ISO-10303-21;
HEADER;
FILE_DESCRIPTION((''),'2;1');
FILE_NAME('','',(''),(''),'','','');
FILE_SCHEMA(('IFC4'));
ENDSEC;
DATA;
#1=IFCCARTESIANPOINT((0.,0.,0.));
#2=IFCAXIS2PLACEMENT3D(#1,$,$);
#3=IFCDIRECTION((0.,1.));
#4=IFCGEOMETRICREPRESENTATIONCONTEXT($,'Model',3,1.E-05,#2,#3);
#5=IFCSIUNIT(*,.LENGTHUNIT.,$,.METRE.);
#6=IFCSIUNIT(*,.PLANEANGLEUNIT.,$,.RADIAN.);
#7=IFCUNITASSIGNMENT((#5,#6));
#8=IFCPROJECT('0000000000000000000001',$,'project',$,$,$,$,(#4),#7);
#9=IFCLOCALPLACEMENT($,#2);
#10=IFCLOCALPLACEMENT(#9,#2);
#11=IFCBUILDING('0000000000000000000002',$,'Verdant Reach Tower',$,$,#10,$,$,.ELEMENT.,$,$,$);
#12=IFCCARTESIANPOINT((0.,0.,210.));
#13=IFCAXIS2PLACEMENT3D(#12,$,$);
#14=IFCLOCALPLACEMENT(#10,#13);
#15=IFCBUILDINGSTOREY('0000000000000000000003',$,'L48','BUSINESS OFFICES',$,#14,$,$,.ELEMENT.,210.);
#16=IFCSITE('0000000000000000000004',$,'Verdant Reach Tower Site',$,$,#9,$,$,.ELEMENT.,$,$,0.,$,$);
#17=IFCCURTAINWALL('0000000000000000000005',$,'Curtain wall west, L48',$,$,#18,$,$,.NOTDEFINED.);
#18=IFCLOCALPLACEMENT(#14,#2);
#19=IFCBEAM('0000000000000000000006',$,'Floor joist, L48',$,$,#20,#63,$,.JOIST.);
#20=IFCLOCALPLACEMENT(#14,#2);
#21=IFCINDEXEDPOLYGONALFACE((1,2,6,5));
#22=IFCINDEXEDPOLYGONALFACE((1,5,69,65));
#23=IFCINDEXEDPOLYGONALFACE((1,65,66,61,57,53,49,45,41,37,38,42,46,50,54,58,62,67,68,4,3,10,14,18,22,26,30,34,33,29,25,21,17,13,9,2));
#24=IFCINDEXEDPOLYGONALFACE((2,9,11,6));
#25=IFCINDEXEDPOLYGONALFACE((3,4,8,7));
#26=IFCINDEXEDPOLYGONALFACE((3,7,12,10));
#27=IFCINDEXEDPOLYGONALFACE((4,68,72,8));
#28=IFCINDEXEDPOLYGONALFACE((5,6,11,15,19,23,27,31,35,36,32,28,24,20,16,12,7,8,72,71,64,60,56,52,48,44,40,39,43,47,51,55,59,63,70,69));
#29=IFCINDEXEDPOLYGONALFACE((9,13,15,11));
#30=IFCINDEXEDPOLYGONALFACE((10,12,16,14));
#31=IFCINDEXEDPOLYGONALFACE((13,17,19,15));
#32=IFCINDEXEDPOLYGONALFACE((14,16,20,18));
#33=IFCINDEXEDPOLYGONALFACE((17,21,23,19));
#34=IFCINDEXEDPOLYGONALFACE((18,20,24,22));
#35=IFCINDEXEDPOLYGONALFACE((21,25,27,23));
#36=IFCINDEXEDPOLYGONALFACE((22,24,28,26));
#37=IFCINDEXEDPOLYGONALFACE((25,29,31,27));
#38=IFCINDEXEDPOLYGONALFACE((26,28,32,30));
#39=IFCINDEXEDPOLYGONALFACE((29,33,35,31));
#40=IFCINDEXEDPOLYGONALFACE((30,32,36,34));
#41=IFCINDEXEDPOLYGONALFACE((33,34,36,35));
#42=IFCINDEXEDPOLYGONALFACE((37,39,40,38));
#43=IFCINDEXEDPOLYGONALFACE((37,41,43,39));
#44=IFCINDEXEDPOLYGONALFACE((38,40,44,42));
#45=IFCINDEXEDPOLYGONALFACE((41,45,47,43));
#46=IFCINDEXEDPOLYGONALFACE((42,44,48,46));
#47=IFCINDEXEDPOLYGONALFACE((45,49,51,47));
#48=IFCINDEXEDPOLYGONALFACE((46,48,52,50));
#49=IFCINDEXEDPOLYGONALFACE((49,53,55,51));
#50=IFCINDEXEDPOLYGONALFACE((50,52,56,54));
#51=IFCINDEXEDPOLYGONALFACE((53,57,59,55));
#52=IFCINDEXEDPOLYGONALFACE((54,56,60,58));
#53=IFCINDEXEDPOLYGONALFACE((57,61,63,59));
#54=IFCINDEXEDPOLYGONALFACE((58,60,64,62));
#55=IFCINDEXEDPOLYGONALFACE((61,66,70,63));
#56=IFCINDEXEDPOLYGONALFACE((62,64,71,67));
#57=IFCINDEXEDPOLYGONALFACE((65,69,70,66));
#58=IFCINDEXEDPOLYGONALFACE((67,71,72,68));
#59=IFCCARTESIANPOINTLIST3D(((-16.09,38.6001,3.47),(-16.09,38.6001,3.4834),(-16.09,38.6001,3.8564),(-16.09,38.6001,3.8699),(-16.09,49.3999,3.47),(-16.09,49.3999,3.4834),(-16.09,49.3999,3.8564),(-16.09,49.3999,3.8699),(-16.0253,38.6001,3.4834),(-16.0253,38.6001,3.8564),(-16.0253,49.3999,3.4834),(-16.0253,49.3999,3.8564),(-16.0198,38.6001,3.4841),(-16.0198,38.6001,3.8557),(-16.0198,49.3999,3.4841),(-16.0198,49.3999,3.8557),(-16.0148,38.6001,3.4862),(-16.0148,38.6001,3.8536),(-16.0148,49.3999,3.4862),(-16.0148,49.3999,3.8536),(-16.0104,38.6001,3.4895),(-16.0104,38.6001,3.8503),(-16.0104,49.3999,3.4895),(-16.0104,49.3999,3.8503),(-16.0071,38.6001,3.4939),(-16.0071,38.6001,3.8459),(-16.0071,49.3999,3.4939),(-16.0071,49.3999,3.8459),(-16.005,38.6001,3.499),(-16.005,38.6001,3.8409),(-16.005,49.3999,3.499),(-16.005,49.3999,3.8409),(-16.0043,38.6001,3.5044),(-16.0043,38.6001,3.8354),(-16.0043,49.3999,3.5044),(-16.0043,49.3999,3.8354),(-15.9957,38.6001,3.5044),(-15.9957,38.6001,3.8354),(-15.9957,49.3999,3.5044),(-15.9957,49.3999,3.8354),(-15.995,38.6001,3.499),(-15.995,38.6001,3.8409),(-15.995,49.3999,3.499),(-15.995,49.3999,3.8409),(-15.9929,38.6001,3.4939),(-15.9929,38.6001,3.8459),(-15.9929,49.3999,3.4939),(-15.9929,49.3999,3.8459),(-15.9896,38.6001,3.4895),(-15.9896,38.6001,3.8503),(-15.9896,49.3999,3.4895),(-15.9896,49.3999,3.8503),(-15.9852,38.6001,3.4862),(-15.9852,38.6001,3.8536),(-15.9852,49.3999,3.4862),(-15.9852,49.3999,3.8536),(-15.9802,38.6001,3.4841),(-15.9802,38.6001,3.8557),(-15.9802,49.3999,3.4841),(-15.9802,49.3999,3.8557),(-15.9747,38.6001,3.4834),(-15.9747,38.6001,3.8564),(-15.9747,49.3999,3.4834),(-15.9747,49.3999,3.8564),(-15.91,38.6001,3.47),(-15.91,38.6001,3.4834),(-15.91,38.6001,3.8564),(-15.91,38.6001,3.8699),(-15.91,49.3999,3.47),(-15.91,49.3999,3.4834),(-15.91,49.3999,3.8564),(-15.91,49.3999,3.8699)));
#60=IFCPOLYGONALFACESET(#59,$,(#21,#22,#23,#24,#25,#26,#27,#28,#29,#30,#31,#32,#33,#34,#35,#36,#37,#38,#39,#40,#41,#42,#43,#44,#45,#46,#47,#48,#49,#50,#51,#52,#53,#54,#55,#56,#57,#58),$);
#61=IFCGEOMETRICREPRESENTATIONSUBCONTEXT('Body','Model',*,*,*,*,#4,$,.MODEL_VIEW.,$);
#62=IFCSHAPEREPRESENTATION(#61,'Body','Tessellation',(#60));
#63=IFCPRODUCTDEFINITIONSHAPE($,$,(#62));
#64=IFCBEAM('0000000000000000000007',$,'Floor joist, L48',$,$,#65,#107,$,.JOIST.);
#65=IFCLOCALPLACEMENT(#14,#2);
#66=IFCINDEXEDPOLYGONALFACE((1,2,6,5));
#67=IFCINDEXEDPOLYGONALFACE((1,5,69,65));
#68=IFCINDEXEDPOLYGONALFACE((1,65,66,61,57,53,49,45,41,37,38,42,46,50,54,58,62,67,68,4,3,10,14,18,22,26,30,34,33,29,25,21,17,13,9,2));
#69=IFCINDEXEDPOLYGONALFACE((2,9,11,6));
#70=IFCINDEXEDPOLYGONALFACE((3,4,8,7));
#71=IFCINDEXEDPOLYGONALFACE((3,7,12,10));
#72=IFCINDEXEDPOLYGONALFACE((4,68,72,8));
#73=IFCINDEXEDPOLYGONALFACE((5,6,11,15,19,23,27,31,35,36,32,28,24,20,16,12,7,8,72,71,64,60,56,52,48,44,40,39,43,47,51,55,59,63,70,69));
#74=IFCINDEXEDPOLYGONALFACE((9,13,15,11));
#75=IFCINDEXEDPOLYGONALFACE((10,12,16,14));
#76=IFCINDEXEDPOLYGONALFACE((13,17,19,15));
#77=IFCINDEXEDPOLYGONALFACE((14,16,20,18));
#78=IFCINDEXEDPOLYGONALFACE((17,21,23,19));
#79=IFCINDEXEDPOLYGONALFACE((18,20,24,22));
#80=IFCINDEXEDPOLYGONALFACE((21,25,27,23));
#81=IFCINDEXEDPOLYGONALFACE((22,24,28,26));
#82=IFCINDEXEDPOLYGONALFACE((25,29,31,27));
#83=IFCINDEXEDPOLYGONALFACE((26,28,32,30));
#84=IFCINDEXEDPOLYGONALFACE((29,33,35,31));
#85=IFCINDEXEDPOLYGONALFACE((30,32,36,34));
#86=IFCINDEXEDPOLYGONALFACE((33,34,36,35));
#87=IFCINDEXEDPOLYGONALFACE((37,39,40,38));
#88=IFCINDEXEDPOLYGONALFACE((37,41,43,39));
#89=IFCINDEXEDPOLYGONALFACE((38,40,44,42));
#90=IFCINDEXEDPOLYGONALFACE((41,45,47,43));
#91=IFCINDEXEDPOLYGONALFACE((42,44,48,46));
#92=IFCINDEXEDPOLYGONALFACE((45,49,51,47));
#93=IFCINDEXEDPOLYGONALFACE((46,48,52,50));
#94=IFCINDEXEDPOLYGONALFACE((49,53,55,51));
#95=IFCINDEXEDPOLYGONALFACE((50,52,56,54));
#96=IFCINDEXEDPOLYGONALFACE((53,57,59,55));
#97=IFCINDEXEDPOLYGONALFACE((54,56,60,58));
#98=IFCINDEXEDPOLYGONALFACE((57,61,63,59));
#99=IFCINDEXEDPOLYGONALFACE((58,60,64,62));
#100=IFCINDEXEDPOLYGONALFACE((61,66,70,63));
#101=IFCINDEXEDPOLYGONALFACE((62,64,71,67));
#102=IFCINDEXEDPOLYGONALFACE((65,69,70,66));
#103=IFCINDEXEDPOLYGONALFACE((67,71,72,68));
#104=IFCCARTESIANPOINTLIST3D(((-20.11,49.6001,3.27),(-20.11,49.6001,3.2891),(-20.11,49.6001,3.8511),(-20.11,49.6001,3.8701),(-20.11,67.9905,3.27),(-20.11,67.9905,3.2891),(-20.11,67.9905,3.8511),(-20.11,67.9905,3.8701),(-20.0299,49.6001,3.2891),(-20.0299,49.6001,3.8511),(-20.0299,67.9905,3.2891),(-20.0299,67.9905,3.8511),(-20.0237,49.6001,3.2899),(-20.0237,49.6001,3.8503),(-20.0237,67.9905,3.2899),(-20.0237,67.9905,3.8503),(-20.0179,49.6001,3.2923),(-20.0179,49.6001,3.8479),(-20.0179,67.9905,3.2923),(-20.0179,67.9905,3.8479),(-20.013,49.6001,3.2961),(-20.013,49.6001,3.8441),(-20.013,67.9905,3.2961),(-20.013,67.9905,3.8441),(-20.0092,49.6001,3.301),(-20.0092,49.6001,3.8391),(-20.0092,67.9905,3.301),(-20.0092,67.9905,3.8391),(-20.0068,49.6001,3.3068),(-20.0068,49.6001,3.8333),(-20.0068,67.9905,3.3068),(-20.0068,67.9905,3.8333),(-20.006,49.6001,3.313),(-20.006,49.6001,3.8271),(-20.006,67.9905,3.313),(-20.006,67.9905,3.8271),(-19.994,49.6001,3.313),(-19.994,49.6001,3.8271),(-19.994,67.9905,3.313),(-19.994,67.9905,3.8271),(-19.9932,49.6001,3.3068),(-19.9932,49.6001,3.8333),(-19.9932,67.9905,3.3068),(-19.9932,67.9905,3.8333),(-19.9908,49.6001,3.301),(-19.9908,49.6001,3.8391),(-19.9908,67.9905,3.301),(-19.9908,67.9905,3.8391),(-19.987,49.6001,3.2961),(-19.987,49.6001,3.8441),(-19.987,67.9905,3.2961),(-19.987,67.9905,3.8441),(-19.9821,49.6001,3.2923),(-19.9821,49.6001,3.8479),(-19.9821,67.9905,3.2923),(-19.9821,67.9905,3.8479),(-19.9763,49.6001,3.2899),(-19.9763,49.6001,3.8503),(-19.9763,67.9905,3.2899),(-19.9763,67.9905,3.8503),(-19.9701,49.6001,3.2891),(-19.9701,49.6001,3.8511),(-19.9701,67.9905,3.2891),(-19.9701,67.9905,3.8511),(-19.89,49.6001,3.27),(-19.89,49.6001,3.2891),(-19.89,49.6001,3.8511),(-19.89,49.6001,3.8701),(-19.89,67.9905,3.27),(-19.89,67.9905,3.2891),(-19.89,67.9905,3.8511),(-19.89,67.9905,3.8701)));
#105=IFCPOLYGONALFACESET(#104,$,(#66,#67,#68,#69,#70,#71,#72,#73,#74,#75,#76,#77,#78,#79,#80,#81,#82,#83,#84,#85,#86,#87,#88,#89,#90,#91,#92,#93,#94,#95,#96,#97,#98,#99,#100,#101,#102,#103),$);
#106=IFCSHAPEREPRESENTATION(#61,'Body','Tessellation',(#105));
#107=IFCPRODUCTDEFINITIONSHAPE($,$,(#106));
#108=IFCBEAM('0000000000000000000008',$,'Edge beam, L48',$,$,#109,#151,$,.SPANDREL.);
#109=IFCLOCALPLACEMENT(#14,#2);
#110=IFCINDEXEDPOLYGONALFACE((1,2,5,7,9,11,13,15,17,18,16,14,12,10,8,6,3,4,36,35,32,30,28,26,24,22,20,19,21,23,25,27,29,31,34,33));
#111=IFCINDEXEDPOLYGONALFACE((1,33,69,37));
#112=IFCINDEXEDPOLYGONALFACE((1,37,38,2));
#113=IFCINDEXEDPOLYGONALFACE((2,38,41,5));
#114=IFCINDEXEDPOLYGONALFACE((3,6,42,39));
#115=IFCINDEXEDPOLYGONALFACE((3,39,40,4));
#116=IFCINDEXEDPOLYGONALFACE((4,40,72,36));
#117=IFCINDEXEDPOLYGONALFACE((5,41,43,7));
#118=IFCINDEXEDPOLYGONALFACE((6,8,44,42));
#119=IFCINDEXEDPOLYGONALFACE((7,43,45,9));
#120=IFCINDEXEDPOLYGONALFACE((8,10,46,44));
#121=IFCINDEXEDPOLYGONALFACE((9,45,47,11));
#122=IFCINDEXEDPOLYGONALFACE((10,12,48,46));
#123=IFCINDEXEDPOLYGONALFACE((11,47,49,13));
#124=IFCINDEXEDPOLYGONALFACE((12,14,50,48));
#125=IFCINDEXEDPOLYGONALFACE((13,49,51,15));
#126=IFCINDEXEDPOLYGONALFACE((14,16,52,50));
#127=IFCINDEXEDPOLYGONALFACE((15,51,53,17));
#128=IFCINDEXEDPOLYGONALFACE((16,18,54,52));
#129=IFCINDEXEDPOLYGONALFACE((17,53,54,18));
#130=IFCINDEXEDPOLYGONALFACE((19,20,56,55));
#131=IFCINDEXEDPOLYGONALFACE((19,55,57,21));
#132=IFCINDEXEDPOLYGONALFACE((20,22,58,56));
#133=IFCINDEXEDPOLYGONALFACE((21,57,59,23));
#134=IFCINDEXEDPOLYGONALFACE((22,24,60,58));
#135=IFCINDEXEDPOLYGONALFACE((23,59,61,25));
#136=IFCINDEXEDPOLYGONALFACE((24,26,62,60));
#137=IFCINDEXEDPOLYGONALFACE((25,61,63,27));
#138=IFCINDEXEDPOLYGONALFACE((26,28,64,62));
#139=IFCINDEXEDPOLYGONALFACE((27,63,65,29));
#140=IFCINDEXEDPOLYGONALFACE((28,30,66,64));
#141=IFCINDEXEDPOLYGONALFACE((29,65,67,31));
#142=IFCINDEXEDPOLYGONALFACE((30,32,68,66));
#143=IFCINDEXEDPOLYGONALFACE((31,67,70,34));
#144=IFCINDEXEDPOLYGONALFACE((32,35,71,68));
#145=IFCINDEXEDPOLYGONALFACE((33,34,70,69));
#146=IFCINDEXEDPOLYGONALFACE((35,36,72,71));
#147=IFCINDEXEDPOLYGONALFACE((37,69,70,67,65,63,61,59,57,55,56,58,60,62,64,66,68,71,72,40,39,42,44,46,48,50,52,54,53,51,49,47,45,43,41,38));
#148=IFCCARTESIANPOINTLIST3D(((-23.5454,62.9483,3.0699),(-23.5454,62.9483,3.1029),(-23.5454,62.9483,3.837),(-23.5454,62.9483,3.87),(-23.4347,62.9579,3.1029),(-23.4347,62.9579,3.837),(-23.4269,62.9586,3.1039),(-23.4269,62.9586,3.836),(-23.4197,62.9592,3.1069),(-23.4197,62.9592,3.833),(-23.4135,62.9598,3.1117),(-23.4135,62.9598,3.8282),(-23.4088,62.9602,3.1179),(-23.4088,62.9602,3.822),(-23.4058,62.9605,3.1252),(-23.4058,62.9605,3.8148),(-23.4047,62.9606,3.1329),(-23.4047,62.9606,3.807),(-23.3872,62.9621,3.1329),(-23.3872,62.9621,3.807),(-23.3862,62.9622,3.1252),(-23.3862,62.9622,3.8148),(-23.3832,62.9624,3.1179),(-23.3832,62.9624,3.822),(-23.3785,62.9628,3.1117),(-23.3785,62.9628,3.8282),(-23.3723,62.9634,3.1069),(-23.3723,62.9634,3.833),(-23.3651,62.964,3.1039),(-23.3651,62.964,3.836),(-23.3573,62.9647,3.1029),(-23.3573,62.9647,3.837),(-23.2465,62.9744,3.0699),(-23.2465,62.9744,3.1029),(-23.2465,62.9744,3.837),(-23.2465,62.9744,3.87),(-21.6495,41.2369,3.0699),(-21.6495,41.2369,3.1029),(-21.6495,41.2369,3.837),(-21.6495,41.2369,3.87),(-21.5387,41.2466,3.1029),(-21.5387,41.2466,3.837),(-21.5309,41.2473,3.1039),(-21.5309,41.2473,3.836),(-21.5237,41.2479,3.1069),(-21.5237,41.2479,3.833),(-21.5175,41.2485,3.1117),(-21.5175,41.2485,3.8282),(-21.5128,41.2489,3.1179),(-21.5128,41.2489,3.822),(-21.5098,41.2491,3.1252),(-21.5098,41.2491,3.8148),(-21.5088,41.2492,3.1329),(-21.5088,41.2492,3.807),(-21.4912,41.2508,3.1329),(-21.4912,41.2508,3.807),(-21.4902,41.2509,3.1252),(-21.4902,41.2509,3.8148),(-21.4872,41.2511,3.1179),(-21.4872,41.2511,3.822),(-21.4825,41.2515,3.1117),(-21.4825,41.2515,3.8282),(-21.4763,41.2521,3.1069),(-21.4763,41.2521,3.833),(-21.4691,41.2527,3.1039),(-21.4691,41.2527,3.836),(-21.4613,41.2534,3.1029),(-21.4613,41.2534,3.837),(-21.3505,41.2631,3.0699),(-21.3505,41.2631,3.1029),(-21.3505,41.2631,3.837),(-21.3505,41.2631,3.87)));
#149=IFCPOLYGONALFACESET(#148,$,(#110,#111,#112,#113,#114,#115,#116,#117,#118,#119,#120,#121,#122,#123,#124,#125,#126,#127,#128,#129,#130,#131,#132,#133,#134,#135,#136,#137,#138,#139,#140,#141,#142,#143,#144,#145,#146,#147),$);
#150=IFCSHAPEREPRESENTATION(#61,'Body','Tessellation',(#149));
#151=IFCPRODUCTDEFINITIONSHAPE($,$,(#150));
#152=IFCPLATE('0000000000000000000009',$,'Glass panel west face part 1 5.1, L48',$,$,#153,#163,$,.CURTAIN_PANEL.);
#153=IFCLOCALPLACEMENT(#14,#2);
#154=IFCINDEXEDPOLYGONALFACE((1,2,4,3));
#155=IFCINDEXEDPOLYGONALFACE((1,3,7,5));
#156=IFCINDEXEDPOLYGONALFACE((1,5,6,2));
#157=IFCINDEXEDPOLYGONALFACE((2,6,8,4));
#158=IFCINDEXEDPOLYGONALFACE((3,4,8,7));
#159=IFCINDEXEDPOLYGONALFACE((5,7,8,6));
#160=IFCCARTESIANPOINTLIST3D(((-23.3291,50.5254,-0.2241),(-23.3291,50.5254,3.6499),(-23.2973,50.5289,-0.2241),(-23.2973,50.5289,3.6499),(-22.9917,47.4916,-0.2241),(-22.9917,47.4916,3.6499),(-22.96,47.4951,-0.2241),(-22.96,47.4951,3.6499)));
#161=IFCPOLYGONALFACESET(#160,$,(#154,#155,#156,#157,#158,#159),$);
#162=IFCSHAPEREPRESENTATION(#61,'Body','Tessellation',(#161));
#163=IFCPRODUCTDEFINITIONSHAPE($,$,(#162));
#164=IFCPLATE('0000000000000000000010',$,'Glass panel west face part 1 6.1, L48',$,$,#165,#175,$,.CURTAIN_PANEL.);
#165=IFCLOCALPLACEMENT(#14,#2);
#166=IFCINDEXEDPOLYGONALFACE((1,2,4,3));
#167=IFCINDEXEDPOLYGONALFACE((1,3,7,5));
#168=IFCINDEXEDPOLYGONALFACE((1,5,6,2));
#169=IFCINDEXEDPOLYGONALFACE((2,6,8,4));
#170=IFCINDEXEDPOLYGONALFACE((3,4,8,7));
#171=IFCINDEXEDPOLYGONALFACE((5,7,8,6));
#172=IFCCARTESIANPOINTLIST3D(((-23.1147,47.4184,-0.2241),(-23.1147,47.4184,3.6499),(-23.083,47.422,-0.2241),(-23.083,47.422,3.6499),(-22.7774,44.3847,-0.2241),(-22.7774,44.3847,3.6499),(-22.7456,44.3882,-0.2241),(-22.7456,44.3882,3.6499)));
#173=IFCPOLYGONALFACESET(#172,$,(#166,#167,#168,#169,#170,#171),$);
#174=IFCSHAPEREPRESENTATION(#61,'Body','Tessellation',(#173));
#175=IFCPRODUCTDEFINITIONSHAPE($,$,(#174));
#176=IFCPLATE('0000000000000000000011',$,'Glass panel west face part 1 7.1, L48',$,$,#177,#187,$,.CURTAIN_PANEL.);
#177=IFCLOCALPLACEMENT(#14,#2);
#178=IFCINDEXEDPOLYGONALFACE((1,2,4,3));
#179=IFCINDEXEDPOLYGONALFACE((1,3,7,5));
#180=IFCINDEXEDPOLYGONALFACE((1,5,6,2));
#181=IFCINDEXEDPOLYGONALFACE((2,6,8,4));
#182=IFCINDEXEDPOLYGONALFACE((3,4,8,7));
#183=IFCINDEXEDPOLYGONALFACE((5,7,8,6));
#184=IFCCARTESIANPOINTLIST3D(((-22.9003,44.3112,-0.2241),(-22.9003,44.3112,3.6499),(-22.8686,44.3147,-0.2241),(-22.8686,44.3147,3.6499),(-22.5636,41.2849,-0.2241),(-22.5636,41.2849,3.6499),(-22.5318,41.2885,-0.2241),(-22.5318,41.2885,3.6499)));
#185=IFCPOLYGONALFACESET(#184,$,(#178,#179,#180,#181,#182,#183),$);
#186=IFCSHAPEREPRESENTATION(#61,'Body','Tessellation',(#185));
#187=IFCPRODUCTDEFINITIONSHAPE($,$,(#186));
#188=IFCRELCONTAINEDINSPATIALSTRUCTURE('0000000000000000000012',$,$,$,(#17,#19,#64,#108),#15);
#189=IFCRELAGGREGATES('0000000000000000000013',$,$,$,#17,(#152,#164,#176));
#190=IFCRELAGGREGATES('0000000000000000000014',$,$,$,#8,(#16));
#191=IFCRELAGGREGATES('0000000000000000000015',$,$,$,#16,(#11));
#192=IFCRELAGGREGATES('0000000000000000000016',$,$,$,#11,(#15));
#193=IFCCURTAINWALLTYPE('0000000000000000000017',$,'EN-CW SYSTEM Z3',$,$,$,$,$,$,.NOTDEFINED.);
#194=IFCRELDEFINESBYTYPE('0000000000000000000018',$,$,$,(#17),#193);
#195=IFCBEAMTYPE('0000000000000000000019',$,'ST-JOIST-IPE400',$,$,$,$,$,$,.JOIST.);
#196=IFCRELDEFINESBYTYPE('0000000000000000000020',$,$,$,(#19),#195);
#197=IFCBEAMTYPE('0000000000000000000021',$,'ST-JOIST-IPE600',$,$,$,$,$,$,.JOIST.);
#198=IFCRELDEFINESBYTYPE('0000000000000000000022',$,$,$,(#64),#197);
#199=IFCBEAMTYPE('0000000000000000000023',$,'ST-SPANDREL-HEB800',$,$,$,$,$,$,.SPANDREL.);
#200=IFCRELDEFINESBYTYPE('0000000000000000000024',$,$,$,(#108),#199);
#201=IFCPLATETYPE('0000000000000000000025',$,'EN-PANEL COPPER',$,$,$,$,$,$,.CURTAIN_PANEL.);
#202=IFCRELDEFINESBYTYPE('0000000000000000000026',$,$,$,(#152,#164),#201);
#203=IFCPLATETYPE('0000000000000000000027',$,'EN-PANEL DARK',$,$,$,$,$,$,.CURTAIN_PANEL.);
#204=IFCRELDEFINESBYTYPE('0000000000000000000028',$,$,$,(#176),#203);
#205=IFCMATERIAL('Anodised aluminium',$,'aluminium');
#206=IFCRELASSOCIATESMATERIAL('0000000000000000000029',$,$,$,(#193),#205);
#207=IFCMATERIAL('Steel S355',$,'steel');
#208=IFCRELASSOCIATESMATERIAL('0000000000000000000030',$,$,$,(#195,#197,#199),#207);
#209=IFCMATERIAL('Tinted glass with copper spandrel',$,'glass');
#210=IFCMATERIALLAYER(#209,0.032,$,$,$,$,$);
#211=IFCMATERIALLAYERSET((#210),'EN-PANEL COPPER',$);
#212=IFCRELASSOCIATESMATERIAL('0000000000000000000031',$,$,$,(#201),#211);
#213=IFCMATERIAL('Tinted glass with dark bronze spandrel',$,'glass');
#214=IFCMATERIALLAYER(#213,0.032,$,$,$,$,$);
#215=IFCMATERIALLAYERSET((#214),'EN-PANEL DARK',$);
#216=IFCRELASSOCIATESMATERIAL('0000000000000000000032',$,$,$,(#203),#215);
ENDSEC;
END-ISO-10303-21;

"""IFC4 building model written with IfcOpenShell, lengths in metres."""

from ifc_helpers import new_model, si_unit, direction, frame, origin, origin_2d, place, context, subcontext, project, spatial, rectangle, i_section, extrude, material, layer, layer_set, material_profile, profile_set, type_object, element, aggregate, save


model = new_model("IFC4")

# Units and contexts
model_context = context("Model", 3, precision=1e-05, world=origin(), true_north=direction((0.0, 1.0)))
body_context = subcontext(model_context, "Body", "Model", "MODEL_VIEW")
ifc_project = project(units=[si_unit("LENGTHUNIT", "METRE"), si_unit("PLANEANGLEUNIT", "RADIAN")], contexts=[model_context])

# Site, building, storey
site_placement = place(None, origin())
site = spatial("IfcSite", under=ifc_project, at=site_placement, Name="Verdant Reach Tower Site", CompositionType="ELEMENT", RefElevation=0.0)
building_placement = place(site_placement, origin())
building = spatial("IfcBuilding", under=site, at=building_placement, Name="Verdant Reach Tower", CompositionType="ELEMENT")
storey_placement = place(building_placement, frame((0.0, 0.0, 210.0)))
storey = spatial("IfcBuildingStorey", under=building, at=storey_placement, Name="L48", Description="BUSINESS OFFICES", CompositionType="ELEMENT", Elevation=210.0)

# Curtain wall
ifc_material_1 = material(Name="Anodised aluminium", Category="aluminium")
curtain_wall_type = type_object("IfcCurtainWallType", Name="EN-CW SYSTEM Z3", PredefinedType="NOTDEFINED", material=ifc_material_1)
curtain_wall_placement = place(storey_placement, origin())
curtain_wall = element("IfcCurtainWall", 1, at=curtain_wall_placement, inside=storey, type_object=curtain_wall_type, Name="Curtain wall west, L48", PredefinedType="NOTDEFINED")

# Beams
ifc_material_2 = material(Name="Steel S355", Category="steel")
ifc_material_profile_1 = material_profile(ifc_material_2, i_section(OverallWidth=0.1799, OverallDepth=0.3999, WebThickness=0.0085, FlangeThickness=0.0134, FilletRadius=0.021, at=origin_2d()), Name="IPE 400")
ifc_profile_set_1 = profile_set([ifc_material_profile_1], Name="Steel S355")
beam_type_1 = type_object("IfcBeamType", Name="ST-JOIST-IPE400", PredefinedType="JOIST", material=ifc_profile_set_1)
for number, where, z_axis, x_axis, name in (
    (2, (-16.0, 38.6001, 3.6699), (0.0, 1.0, 0.0), (-1.0, 0.0, 0.0), "Floor joist, L48"),
):
    element("IfcBeam", number, at=place(storey_placement, frame(where, z_axis=z_axis, x_axis=x_axis)), inside=storey, type_object=beam_type_1, Name=name, PredefinedType="JOIST", context=body_context, shape_type="SweptSolid", body=[
        extrude(i_section(OverallWidth=0.1799, OverallDepth=0.3999, WebThickness=0.0085, FlangeThickness=0.0134, FilletRadius=0.021, at=origin_2d()), origin(), (0.0, 0.0, 1.0), 10.7998),
    ])
ifc_material_profile_2 = material_profile(ifc_material_2, i_section(OverallWidth=0.22, OverallDepth=0.6001, WebThickness=0.012, FlangeThickness=0.019, FilletRadius=0.0239, at=origin_2d()), Name="IPE 600")
ifc_profile_set_2 = profile_set([ifc_material_profile_2], Name="Steel S355")
beam_type_2 = type_object("IfcBeamType", Name="ST-JOIST-IPE600", PredefinedType="JOIST", material=ifc_profile_set_2)
beam_1_placement = place(storey_placement, frame((-20.0, 49.6001, 3.5701), z_axis=(0.0, 1.0, 0.0), x_axis=(-1.0, 0.0, 0.0)))
element("IfcBeam", 3, at=beam_1_placement, inside=storey, type_object=beam_type_2, Name="Floor joist, L48", PredefinedType="JOIST", context=body_context, shape_type="SweptSolid", body=[
    extrude(i_section(OverallWidth=0.22, OverallDepth=0.6001, WebThickness=0.012, FlangeThickness=0.019, FilletRadius=0.0239, at=origin_2d()), origin(), (0.0, 0.0, 1.0), 18.3904),
])
ifc_material_profile_3 = material_profile(ifc_material_2, i_section(OverallWidth=0.3, OverallDepth=0.8, WebThickness=0.0176, FlangeThickness=0.033, FilletRadius=0.03, at=origin_2d()), Name="HEB 800")
ifc_profile_set_3 = profile_set([ifc_material_profile_3], Name="Steel S355")
beam_type_3 = type_object("IfcBeamType", Name="ST-SPANDREL-HEB800", PredefinedType="SPANDREL", material=ifc_profile_set_3)
beam_2_placement = place(storey_placement, frame((-21.5, 41.25, 3.47), z_axis=(-0.086996, 0.996209, 0.0), x_axis=(-0.996209, -0.086996, 0.0)))
element("IfcBeam", 4, at=beam_2_placement, inside=storey, type_object=beam_type_3, Name="Edge beam, L48", PredefinedType="SPANDREL", context=body_context, shape_type="SweptSolid", body=[
    extrude(i_section(OverallWidth=0.3, OverallDepth=0.8, WebThickness=0.0176, FlangeThickness=0.033, FilletRadius=0.03, at=origin_2d()), origin(), (0.0, 0.0, 1.0), 21.7939),
])

# Plates
ifc_material_3 = material(Name="Tinted glass with copper spandrel", Category="glass")
ifc_layer_1 = layer(ifc_material_3, 0.032)
ifc_layer_set_1 = layer_set([ifc_layer_1], Name="EN-PANEL COPPER")
plate_type_1 = type_object("IfcPlateType", Name="EN-PANEL COPPER", PredefinedType="CURTAIN_PANEL", material=ifc_layer_set_1)
plate_1_placement = place(storey_placement, frame((-23.1445, 49.0103, -0.2241), z_axis=(0.0, 0.0, 1.0), x_axis=(0.110518, -0.993874, 0.0)))
plate_1 = element("IfcPlate", 5, at=plate_1_placement, type_object=plate_type_1, Name="Glass panel west face part 1 5.1, L48", PredefinedType="CURTAIN_PANEL", context=body_context, shape_type="SweptSolid", body=[
    extrude(rectangle(XDim=3.0525, YDim=0.032, at=origin_2d()), origin(), (0.0, 0.0, 1.0), 3.874),
])
plate_2_placement = place(storey_placement, frame((-22.9302, 45.9033, -0.2241), z_axis=(0.0, 0.0, 1.0), x_axis=(0.110518, -0.993874, 0.0)))
plate_2 = element("IfcPlate", 6, at=plate_2_placement, type_object=plate_type_1, Name="Glass panel west face part 1 6.1, L48", PredefinedType="CURTAIN_PANEL", context=body_context, shape_type="SweptSolid", body=[
    extrude(rectangle(XDim=3.0525, YDim=0.032, at=origin_2d()), origin(), (0.0, 0.0, 1.0), 3.874),
])
ifc_material_4 = material(Name="Tinted glass with dark bronze spandrel", Category="glass")
ifc_layer_2 = layer(ifc_material_4, 0.032)
ifc_layer_set_2 = layer_set([ifc_layer_2], Name="EN-PANEL DARK")
plate_type_2 = type_object("IfcPlateType", Name="EN-PANEL DARK", PredefinedType="CURTAIN_PANEL", material=ifc_layer_set_2)
plate_3_placement = place(storey_placement, frame((-22.7161, 42.7998, -0.2241), z_axis=(0.0, 0.0, 1.0), x_axis=(0.110601, -0.993865, 0.0)))
plate_3 = element("IfcPlate", 7, at=plate_3_placement, type_object=plate_type_2, Name="Glass panel west face part 1 7.1, L48", PredefinedType="CURTAIN_PANEL", context=body_context, shape_type="SweptSolid", body=[
    extrude(rectangle(XDim=3.0449, YDim=0.032, at=origin_2d()), origin(), (0.0, 0.0, 1.0), 3.874),
])
aggregate(curtain_wall, [plate_1, plate_2, plate_3])

save(model, "model.ifc")
